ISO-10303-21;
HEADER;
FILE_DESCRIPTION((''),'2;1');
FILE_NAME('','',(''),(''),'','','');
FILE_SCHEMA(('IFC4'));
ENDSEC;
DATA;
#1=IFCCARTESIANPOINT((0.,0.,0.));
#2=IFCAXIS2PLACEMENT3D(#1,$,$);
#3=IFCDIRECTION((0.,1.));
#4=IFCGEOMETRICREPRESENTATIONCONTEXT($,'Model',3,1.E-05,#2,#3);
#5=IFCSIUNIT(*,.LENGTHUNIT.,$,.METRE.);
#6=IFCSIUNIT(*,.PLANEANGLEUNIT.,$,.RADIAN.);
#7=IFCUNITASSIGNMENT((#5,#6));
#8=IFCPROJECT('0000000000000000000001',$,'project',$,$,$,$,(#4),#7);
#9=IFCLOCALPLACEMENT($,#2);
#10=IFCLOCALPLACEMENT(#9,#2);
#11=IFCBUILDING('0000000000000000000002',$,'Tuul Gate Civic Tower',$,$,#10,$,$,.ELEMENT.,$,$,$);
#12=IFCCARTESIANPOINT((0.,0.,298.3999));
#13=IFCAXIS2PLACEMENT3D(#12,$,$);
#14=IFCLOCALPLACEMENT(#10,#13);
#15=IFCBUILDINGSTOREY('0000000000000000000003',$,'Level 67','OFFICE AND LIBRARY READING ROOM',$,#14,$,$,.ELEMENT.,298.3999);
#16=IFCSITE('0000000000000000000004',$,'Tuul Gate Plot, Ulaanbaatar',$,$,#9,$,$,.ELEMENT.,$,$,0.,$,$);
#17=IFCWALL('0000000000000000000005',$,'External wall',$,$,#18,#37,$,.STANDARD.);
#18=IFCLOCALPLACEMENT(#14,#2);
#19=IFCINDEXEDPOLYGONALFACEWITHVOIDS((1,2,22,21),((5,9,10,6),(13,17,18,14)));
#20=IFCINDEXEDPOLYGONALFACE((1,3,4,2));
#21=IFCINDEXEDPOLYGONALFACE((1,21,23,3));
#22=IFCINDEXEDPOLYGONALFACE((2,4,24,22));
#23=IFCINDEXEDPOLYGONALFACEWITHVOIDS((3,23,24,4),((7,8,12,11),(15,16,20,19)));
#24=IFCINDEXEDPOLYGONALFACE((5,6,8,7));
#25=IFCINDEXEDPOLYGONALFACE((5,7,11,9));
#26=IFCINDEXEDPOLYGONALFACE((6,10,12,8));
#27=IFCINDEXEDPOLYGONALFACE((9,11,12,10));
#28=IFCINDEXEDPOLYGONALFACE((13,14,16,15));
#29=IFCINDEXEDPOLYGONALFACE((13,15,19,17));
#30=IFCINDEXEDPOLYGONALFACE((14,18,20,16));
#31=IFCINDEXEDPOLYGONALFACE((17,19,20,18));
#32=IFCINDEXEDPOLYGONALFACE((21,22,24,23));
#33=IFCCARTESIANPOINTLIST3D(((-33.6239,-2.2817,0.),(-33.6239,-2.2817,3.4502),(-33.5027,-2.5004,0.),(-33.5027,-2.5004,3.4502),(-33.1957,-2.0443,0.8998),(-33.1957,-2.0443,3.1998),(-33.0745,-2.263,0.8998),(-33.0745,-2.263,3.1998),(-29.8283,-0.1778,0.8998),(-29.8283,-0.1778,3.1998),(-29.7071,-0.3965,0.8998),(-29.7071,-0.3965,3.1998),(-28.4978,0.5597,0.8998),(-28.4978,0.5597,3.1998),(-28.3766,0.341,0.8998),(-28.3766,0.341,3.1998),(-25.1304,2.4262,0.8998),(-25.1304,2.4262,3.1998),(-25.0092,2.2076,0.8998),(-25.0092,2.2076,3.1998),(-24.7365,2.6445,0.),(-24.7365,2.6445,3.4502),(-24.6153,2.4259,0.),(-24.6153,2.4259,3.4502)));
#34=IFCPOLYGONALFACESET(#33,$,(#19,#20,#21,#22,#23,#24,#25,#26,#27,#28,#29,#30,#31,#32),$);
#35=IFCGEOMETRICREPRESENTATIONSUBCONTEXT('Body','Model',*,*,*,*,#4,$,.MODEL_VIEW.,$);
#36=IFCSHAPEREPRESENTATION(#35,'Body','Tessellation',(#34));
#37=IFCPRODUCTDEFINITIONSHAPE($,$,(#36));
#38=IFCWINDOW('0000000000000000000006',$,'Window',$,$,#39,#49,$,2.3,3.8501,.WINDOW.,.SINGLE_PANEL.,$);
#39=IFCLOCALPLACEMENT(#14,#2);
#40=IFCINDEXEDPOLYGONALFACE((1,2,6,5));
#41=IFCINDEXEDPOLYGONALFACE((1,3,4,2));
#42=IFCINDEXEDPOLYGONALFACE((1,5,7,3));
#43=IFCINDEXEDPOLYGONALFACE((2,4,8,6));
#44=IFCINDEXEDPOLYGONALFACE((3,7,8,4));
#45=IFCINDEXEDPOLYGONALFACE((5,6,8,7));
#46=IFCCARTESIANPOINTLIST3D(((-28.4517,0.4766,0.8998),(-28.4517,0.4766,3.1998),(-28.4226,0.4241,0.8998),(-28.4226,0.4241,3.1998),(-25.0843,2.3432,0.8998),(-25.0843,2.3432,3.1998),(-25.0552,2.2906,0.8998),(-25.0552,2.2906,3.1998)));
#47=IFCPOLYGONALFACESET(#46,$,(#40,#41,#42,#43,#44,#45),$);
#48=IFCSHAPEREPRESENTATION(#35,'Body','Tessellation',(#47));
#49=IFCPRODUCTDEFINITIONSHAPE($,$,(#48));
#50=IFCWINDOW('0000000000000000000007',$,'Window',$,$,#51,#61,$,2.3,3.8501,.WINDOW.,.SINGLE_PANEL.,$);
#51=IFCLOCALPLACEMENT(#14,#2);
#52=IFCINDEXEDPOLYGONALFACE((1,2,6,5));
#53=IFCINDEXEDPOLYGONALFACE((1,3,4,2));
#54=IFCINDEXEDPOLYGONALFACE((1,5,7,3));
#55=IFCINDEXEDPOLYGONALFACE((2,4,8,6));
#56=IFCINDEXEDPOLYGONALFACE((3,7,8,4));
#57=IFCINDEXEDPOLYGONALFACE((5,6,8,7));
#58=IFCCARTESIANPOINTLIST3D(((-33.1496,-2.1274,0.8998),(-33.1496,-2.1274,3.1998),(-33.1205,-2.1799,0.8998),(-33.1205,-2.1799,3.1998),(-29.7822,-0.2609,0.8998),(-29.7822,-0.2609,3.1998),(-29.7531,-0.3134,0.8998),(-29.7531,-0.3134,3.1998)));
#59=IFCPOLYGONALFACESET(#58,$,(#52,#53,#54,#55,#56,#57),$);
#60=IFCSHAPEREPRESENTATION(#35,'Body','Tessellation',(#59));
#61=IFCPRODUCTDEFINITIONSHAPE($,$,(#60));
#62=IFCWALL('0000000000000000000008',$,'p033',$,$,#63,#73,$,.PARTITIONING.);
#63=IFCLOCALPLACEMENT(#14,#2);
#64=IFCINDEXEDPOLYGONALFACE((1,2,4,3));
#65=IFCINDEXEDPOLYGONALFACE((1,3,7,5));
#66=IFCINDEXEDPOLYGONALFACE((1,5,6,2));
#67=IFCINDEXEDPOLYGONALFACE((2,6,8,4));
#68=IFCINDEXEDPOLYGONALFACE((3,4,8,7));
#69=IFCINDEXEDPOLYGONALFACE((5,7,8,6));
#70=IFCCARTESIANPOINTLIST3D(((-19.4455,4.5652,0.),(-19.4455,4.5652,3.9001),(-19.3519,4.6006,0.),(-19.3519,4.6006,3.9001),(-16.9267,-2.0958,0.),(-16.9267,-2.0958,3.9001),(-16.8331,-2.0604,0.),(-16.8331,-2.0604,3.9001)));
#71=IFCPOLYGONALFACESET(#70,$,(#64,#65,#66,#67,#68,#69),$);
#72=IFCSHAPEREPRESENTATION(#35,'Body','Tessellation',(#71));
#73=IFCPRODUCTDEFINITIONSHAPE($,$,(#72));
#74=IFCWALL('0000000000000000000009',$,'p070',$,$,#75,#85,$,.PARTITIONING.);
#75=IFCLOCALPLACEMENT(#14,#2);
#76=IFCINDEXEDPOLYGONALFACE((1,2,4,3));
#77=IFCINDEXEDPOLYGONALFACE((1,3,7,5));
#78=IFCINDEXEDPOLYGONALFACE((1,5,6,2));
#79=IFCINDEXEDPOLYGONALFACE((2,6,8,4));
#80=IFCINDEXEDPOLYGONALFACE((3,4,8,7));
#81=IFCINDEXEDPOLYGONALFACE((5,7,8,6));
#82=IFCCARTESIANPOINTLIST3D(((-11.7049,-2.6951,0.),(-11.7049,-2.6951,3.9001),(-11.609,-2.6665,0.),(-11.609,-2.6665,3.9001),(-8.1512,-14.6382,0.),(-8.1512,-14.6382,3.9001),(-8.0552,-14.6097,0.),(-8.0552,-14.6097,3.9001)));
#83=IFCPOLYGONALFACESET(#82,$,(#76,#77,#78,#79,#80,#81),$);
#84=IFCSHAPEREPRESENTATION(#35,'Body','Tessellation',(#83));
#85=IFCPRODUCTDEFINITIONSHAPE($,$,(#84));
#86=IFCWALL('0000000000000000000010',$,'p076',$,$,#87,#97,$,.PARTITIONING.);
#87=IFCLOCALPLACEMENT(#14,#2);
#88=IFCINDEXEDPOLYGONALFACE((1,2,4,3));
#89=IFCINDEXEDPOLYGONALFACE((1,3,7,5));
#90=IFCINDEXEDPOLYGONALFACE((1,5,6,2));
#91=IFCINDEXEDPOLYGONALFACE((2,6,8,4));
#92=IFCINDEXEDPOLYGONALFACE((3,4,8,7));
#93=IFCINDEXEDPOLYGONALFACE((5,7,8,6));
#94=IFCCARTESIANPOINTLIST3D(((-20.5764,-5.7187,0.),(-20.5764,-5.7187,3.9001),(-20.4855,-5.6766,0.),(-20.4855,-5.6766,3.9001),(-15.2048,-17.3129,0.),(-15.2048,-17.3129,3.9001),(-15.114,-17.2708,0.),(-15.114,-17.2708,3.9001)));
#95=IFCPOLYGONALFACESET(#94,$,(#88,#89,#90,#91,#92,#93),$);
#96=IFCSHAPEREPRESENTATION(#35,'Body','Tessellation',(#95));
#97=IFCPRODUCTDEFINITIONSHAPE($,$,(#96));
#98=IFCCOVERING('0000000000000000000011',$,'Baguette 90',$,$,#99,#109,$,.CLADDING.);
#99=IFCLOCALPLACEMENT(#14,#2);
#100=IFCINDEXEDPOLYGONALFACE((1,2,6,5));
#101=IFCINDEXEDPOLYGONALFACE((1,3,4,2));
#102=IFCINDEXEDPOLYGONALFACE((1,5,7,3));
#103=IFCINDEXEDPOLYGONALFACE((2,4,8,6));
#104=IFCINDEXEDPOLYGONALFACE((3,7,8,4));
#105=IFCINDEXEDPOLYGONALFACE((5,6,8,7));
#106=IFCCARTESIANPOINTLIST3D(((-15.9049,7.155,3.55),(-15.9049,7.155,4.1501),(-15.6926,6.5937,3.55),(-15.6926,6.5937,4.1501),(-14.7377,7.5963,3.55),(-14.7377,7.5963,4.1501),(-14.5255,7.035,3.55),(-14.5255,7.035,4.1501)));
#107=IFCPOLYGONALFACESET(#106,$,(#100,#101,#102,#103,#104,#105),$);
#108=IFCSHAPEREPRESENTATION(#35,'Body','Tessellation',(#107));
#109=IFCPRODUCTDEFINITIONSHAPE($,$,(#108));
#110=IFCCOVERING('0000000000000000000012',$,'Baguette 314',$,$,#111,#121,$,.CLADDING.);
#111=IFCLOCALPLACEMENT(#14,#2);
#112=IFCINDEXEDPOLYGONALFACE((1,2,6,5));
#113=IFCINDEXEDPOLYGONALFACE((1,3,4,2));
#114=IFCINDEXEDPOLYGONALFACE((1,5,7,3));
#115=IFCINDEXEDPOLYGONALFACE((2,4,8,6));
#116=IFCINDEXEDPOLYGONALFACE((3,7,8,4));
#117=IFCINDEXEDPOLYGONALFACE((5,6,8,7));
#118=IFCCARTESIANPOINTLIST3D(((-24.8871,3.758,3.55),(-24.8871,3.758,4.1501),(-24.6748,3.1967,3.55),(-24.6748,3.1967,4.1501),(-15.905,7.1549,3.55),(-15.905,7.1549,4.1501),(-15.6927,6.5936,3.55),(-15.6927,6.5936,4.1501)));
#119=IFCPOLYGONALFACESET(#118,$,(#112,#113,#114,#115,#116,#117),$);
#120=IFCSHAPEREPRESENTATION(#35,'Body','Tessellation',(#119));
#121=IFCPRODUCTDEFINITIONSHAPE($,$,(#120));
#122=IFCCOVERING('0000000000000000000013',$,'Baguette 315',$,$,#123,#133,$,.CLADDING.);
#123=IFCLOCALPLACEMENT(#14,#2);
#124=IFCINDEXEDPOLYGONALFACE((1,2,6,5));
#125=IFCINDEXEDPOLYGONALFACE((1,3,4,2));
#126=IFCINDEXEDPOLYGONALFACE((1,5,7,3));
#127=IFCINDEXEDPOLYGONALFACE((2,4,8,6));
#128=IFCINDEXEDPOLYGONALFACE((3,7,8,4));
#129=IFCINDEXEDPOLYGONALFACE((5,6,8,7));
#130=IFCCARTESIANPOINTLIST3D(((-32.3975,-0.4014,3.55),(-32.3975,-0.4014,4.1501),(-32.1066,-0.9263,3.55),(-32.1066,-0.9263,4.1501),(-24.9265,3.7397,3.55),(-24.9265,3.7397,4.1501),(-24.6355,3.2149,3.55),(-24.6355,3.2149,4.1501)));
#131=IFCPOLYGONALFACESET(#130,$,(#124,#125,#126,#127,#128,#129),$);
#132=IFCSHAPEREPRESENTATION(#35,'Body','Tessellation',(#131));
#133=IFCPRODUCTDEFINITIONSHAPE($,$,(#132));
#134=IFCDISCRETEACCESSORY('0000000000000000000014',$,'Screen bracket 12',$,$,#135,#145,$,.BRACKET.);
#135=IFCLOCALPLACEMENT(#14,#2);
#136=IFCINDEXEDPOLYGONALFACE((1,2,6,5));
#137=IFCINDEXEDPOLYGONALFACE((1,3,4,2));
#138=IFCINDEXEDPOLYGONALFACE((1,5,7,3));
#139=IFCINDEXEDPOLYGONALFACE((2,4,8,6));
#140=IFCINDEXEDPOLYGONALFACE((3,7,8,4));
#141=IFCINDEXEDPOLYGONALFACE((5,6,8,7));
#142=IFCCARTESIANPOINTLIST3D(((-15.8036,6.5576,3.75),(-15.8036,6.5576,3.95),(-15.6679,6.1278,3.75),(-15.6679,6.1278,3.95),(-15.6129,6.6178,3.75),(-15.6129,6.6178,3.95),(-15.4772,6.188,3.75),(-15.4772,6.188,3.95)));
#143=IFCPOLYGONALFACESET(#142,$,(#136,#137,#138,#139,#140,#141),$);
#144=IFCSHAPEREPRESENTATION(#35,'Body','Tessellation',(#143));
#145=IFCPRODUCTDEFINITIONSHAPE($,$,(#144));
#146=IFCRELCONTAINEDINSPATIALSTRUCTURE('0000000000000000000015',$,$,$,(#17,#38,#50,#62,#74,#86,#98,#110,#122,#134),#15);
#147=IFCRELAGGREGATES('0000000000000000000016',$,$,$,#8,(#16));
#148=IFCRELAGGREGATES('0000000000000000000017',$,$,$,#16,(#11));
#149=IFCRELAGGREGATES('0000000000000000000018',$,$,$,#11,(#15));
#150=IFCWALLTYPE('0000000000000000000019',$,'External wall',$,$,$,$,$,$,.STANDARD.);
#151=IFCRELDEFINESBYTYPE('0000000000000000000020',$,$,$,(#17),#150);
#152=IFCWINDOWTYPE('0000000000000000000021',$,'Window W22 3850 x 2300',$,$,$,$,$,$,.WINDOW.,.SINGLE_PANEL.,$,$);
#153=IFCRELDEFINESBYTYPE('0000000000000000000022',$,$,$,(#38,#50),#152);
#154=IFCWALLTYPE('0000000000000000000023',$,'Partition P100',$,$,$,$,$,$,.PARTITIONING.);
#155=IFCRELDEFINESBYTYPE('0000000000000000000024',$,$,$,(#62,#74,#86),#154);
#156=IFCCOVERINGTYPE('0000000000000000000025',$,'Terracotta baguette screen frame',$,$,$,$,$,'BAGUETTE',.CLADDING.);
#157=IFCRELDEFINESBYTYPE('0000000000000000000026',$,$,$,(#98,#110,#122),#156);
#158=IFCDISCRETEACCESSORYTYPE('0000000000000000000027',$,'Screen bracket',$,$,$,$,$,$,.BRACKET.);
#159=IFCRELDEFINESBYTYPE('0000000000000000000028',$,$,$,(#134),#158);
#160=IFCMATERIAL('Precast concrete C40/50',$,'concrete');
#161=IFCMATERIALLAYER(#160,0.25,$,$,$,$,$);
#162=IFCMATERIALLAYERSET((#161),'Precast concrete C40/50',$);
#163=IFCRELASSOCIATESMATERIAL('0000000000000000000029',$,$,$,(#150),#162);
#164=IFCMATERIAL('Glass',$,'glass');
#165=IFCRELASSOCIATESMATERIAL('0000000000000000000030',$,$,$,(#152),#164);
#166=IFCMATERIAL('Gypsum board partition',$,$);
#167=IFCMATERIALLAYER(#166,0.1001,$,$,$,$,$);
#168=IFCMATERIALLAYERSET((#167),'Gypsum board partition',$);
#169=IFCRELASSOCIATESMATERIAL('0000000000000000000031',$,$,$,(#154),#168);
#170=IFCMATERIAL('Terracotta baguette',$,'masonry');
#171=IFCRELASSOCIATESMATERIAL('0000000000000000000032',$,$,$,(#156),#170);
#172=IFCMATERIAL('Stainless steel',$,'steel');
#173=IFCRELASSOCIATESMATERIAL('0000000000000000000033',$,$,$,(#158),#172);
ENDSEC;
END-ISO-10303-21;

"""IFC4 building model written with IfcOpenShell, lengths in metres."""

from ifc_helpers import new_model, si_unit, direction, frame, frame_2d, origin, origin_2d, place, context, subcontext, project, spatial, rectangle, extrude, material, layer, layer_set, material_profile, profile_set, type_object, element, fill, save


model = new_model("IFC4")

# Units and contexts
model_context = context("Model", 3, precision=1e-05, world=origin(), true_north=direction((0.0, 1.0)))
body_context = subcontext(model_context, "Body", "Model", "MODEL_VIEW")
ifc_project = project(units=[si_unit("LENGTHUNIT", "METRE"), si_unit("PLANEANGLEUNIT", "RADIAN")], contexts=[model_context])

# Site, building, storey
site_placement = place(None, origin())
site = spatial("IfcSite", under=ifc_project, at=site_placement, Name="Tuul Gate Plot, Ulaanbaatar", CompositionType="ELEMENT", RefElevation=0.0)
building_placement = place(site_placement, origin())
building = spatial("IfcBuilding", under=site, at=building_placement, Name="Tuul Gate Civic Tower", CompositionType="ELEMENT")
storey_placement = place(building_placement, frame((0.0, 0.0, 298.3999)))
storey = spatial("IfcBuildingStorey", under=building, at=storey_placement, Name="Level 67", Description="OFFICE AND LIBRARY READING ROOM", CompositionType="ELEMENT", Elevation=298.3999)

# Wall, openings, windows
ifc_material_1 = material(Name="Precast concrete C40/50", Category="concrete")
ifc_layer_1 = layer(ifc_material_1, 0.25)
ifc_layer_set_1 = layer_set([ifc_layer_1], Name="Precast concrete C40/50")
wall_type_1 = type_object("IfcWallType", Name="External wall", PredefinedType="STANDARD", material=ifc_layer_set_1)
ifc_material_2 = material(Name="Glass", Category="glass")
window_type = type_object("IfcWindowType", Name="Window W22 3850 x 2300", PartitioningType="SINGLE_PANEL", PredefinedType="WINDOW", material=ifc_material_2)
wall_1_placement = place(storey_placement, frame((-24.676, 2.5352, 0.0), z_axis=(0.0, 0.0, 1.0), x_axis=(-0.874625, -0.4848, 0.0)))
wall_1 = element("IfcWall", 1, at=wall_1_placement, inside=storey, type_object=wall_type_1, Name="External wall", PredefinedType="STANDARD", context=body_context, shape_type="SweptSolid", body=[
    extrude(rectangle(XDim=10.1614, YDim=0.25, at=frame_2d((5.0806, 0.0))), origin(), (0.0, 0.0, 1.0), 3.4502),
])
opening_1_placement = place(wall_1_placement, frame((0.4502, 0.0, 0.8999)))
opening_1 = element("IfcOpeningElement", 2, at=opening_1_placement, cuts=wall_1, PredefinedType="OPENING", context=body_context, shape_type="SweptSolid", body=[
    extrude(rectangle(XDim=3.8501, YDim=2.3, at=frame_2d((1.925, 1.1499))), frame((0.0, 0.135, 0.0), z_axis=(0.0, -1.0, 0.0), x_axis=(1.0, 0.0, 0.0)), (0.0, 0.0, 1.0), 0.27),
])
opening_2_placement = place(wall_1_placement, frame((5.8215, 0.0, 0.8999)))
opening_2 = element("IfcOpeningElement", 3, at=opening_2_placement, cuts=wall_1, PredefinedType="OPENING", context=body_context, shape_type="SweptSolid", body=[
    extrude(rectangle(XDim=3.8501, YDim=2.3, at=frame_2d((1.925, 1.1499))), frame((0.0, 0.135, 0.0), z_axis=(0.0, -1.0, 0.0), x_axis=(1.0, 0.0, 0.0)), (0.0, 0.0, 1.0), 0.27),
])
window_1_placement = place(opening_1_placement, origin())
window_1 = element("IfcWindow", 4, at=window_1_placement, inside=storey, type_object=window_type, Name="Window", OverallHeight=2.3, OverallWidth=3.8501, PartitioningType="SINGLE_PANEL", PredefinedType="WINDOW", context=body_context, shape_type="SweptSolid", body=[
    extrude(rectangle(XDim=3.8501, YDim=2.3, at=frame_2d((1.925, 1.1499))), frame((0.0, 0.03, 0.0), z_axis=(0.0, -1.0, 0.0), x_axis=(1.0, 0.0, 0.0)), (0.0, 0.0, 1.0), 0.0601),
])
fill(opening_1, window_1)
window_2_placement = place(opening_2_placement, origin())
window_2 = element("IfcWindow", 5, at=window_2_placement, inside=storey, type_object=window_type, Name="Window", OverallHeight=2.3, OverallWidth=3.8501, PartitioningType="SINGLE_PANEL", PredefinedType="WINDOW", context=body_context, shape_type="SweptSolid", body=[
    extrude(rectangle(XDim=3.8501, YDim=2.3, at=frame_2d((1.925, 1.1499))), frame((0.0, 0.03, 0.0), z_axis=(0.0, -1.0, 0.0), x_axis=(1.0, 0.0, 0.0)), (0.0, 0.0, 1.0), 0.0601),
])
fill(opening_2, window_2)

# Walls
ifc_material_3 = material(Name="Gypsum board partition")
ifc_layer_2 = layer(ifc_material_3, 0.1001)
ifc_layer_set_2 = layer_set([ifc_layer_2], Name="Gypsum board partition")
wall_type_2 = type_object("IfcWallType", Name="Partition P100", PredefinedType="PARTITIONING", material=ifc_layer_set_2)
wall_2_placement = place(storey_placement, frame((-19.3987, 4.5828, 0.0), z_axis=(0.0, 0.0, 1.0), x_axis=(0.353703, -0.935358, 0.0)))
element("IfcWall", 6, at=wall_2_placement, inside=storey, type_object=wall_type_2, Name="p033", PredefinedType="PARTITIONING", context=body_context, shape_type="SweptSolid", body=[
    extrude(rectangle(XDim=7.1213, YDim=0.1001, at=frame_2d((3.5605, 0.0))), origin(), (0.0, 0.0, 1.0), 3.9001),
])
wall_3_placement = place(storey_placement, frame((-11.657, -2.6807, 0.0), z_axis=(0.0, 0.0, 1.0), x_axis=(0.285196, -0.958469, 0.0)))
element("IfcWall", 7, at=wall_3_placement, inside=storey, type_object=wall_type_2, Name="p070", PredefinedType="PARTITIONING", context=body_context, shape_type="SweptSolid", body=[
    extrude(rectangle(XDim=12.4607, YDim=0.1001, at=frame_2d((6.2305, 0.0))), origin(), (0.0, 0.0, 1.0), 3.9001),
])
wall_4_placement = place(storey_placement, frame((-20.531, -5.6975, 0.0), z_axis=(0.0, 0.0, 1.0), x_axis=(0.420374, -0.907351, 0.0)))
element("IfcWall", 8, at=wall_4_placement, inside=storey, type_object=wall_type_2, Name="p076", PredefinedType="PARTITIONING", context=body_context, shape_type="SweptSolid", body=[
    extrude(rectangle(XDim=12.7781, YDim=0.1001, at=frame_2d((6.3892, 0.0))), origin(), (0.0, 0.0, 1.0), 3.9001),
])

# Coverings
ifc_material_4 = material(Name="Terracotta baguette", Category="masonry")
ifc_material_profile_1 = material_profile(ifc_material_4, rectangle(XDim=0.6001, YDim=0.6001, at=origin_2d()), Name="Terracotta baguette screen frame")
ifc_profile_set_1 = profile_set([ifc_material_profile_1], Name="Terracotta baguette")
covering_type = type_object("IfcCoveringType", Name="Terracotta baguette screen frame", ElementType="BAGUETTE", PredefinedType="CLADDING", material=ifc_profile_set_1)
covering_1_placement = place(storey_placement, frame((-14.6316, 7.3157, 3.8501), z_axis=(-0.935353, -0.353716, 0.0), x_axis=(0.353716, -0.935353, 0.0)))
element("IfcCovering", 9, at=covering_1_placement, inside=storey, type_object=covering_type, Name="Baguette 90", PredefinedType="CLADDING", context=body_context, shape_type="SweptSolid", body=[
    extrude(rectangle(XDim=0.6001, YDim=0.6001, at=origin_2d()), origin(), (0.0, 0.0, 1.0), 1.2478),
])
covering_2_placement = place(storey_placement, frame((-15.7988, 6.8743, 3.8501), z_axis=(-0.935344, -0.353738, 0.0), x_axis=(0.353738, -0.935344, 0.0)))
element("IfcCovering", 10, at=covering_2_placement, inside=storey, type_object=covering_type, Name="Baguette 314", PredefinedType="CLADDING", context=body_context, shape_type="SweptSolid", body=[
    extrude(rectangle(XDim=0.6001, YDim=0.6001, at=origin_2d()), origin(), (0.0, 0.0, 1.0), 9.603),
])
covering_3_placement = place(storey_placement, frame((-24.781, 3.4773, 3.8501), z_axis=(-0.874625, -0.484801, 0.0), x_axis=(0.484801, -0.874625, 0.0)))
element("IfcCovering", 11, at=covering_3_placement, inside=storey, type_object=covering_type, Name="Baguette 315", PredefinedType="CLADDING", context=body_context, shape_type="SweptSolid", body=[
    extrude(rectangle(XDim=0.6001, YDim=0.6001, at=origin_2d()), origin(), (0.0, 0.0, 1.0), 8.542),
])

# Discrete accessory
ifc_material_5 = material(Name="Stainless steel", Category="steel")
discrete_accessory_type = type_object("IfcDiscreteAccessoryType", Name="Screen bracket", PredefinedType="BRACKET", material=ifc_material_5)
discrete_accessory_placement = place(storey_placement, frame((-15.6404, 6.3728, 3.75), z_axis=(0.0, 0.0, 1.0), x_axis=(-0.301084, 0.953598, 0.0)))
element("IfcDiscreteAccessory", 12, at=discrete_accessory_placement, inside=storey, type_object=discrete_accessory_type, Name="Screen bracket 12", PredefinedType="BRACKET", context=body_context, shape_type="SweptSolid", body=[
    extrude(rectangle(XDim=0.4507, YDim=0.2, at=origin_2d()), origin(), (0.0, 0.0, 1.0), 0.2),
])

save(model, "model.ifc")
